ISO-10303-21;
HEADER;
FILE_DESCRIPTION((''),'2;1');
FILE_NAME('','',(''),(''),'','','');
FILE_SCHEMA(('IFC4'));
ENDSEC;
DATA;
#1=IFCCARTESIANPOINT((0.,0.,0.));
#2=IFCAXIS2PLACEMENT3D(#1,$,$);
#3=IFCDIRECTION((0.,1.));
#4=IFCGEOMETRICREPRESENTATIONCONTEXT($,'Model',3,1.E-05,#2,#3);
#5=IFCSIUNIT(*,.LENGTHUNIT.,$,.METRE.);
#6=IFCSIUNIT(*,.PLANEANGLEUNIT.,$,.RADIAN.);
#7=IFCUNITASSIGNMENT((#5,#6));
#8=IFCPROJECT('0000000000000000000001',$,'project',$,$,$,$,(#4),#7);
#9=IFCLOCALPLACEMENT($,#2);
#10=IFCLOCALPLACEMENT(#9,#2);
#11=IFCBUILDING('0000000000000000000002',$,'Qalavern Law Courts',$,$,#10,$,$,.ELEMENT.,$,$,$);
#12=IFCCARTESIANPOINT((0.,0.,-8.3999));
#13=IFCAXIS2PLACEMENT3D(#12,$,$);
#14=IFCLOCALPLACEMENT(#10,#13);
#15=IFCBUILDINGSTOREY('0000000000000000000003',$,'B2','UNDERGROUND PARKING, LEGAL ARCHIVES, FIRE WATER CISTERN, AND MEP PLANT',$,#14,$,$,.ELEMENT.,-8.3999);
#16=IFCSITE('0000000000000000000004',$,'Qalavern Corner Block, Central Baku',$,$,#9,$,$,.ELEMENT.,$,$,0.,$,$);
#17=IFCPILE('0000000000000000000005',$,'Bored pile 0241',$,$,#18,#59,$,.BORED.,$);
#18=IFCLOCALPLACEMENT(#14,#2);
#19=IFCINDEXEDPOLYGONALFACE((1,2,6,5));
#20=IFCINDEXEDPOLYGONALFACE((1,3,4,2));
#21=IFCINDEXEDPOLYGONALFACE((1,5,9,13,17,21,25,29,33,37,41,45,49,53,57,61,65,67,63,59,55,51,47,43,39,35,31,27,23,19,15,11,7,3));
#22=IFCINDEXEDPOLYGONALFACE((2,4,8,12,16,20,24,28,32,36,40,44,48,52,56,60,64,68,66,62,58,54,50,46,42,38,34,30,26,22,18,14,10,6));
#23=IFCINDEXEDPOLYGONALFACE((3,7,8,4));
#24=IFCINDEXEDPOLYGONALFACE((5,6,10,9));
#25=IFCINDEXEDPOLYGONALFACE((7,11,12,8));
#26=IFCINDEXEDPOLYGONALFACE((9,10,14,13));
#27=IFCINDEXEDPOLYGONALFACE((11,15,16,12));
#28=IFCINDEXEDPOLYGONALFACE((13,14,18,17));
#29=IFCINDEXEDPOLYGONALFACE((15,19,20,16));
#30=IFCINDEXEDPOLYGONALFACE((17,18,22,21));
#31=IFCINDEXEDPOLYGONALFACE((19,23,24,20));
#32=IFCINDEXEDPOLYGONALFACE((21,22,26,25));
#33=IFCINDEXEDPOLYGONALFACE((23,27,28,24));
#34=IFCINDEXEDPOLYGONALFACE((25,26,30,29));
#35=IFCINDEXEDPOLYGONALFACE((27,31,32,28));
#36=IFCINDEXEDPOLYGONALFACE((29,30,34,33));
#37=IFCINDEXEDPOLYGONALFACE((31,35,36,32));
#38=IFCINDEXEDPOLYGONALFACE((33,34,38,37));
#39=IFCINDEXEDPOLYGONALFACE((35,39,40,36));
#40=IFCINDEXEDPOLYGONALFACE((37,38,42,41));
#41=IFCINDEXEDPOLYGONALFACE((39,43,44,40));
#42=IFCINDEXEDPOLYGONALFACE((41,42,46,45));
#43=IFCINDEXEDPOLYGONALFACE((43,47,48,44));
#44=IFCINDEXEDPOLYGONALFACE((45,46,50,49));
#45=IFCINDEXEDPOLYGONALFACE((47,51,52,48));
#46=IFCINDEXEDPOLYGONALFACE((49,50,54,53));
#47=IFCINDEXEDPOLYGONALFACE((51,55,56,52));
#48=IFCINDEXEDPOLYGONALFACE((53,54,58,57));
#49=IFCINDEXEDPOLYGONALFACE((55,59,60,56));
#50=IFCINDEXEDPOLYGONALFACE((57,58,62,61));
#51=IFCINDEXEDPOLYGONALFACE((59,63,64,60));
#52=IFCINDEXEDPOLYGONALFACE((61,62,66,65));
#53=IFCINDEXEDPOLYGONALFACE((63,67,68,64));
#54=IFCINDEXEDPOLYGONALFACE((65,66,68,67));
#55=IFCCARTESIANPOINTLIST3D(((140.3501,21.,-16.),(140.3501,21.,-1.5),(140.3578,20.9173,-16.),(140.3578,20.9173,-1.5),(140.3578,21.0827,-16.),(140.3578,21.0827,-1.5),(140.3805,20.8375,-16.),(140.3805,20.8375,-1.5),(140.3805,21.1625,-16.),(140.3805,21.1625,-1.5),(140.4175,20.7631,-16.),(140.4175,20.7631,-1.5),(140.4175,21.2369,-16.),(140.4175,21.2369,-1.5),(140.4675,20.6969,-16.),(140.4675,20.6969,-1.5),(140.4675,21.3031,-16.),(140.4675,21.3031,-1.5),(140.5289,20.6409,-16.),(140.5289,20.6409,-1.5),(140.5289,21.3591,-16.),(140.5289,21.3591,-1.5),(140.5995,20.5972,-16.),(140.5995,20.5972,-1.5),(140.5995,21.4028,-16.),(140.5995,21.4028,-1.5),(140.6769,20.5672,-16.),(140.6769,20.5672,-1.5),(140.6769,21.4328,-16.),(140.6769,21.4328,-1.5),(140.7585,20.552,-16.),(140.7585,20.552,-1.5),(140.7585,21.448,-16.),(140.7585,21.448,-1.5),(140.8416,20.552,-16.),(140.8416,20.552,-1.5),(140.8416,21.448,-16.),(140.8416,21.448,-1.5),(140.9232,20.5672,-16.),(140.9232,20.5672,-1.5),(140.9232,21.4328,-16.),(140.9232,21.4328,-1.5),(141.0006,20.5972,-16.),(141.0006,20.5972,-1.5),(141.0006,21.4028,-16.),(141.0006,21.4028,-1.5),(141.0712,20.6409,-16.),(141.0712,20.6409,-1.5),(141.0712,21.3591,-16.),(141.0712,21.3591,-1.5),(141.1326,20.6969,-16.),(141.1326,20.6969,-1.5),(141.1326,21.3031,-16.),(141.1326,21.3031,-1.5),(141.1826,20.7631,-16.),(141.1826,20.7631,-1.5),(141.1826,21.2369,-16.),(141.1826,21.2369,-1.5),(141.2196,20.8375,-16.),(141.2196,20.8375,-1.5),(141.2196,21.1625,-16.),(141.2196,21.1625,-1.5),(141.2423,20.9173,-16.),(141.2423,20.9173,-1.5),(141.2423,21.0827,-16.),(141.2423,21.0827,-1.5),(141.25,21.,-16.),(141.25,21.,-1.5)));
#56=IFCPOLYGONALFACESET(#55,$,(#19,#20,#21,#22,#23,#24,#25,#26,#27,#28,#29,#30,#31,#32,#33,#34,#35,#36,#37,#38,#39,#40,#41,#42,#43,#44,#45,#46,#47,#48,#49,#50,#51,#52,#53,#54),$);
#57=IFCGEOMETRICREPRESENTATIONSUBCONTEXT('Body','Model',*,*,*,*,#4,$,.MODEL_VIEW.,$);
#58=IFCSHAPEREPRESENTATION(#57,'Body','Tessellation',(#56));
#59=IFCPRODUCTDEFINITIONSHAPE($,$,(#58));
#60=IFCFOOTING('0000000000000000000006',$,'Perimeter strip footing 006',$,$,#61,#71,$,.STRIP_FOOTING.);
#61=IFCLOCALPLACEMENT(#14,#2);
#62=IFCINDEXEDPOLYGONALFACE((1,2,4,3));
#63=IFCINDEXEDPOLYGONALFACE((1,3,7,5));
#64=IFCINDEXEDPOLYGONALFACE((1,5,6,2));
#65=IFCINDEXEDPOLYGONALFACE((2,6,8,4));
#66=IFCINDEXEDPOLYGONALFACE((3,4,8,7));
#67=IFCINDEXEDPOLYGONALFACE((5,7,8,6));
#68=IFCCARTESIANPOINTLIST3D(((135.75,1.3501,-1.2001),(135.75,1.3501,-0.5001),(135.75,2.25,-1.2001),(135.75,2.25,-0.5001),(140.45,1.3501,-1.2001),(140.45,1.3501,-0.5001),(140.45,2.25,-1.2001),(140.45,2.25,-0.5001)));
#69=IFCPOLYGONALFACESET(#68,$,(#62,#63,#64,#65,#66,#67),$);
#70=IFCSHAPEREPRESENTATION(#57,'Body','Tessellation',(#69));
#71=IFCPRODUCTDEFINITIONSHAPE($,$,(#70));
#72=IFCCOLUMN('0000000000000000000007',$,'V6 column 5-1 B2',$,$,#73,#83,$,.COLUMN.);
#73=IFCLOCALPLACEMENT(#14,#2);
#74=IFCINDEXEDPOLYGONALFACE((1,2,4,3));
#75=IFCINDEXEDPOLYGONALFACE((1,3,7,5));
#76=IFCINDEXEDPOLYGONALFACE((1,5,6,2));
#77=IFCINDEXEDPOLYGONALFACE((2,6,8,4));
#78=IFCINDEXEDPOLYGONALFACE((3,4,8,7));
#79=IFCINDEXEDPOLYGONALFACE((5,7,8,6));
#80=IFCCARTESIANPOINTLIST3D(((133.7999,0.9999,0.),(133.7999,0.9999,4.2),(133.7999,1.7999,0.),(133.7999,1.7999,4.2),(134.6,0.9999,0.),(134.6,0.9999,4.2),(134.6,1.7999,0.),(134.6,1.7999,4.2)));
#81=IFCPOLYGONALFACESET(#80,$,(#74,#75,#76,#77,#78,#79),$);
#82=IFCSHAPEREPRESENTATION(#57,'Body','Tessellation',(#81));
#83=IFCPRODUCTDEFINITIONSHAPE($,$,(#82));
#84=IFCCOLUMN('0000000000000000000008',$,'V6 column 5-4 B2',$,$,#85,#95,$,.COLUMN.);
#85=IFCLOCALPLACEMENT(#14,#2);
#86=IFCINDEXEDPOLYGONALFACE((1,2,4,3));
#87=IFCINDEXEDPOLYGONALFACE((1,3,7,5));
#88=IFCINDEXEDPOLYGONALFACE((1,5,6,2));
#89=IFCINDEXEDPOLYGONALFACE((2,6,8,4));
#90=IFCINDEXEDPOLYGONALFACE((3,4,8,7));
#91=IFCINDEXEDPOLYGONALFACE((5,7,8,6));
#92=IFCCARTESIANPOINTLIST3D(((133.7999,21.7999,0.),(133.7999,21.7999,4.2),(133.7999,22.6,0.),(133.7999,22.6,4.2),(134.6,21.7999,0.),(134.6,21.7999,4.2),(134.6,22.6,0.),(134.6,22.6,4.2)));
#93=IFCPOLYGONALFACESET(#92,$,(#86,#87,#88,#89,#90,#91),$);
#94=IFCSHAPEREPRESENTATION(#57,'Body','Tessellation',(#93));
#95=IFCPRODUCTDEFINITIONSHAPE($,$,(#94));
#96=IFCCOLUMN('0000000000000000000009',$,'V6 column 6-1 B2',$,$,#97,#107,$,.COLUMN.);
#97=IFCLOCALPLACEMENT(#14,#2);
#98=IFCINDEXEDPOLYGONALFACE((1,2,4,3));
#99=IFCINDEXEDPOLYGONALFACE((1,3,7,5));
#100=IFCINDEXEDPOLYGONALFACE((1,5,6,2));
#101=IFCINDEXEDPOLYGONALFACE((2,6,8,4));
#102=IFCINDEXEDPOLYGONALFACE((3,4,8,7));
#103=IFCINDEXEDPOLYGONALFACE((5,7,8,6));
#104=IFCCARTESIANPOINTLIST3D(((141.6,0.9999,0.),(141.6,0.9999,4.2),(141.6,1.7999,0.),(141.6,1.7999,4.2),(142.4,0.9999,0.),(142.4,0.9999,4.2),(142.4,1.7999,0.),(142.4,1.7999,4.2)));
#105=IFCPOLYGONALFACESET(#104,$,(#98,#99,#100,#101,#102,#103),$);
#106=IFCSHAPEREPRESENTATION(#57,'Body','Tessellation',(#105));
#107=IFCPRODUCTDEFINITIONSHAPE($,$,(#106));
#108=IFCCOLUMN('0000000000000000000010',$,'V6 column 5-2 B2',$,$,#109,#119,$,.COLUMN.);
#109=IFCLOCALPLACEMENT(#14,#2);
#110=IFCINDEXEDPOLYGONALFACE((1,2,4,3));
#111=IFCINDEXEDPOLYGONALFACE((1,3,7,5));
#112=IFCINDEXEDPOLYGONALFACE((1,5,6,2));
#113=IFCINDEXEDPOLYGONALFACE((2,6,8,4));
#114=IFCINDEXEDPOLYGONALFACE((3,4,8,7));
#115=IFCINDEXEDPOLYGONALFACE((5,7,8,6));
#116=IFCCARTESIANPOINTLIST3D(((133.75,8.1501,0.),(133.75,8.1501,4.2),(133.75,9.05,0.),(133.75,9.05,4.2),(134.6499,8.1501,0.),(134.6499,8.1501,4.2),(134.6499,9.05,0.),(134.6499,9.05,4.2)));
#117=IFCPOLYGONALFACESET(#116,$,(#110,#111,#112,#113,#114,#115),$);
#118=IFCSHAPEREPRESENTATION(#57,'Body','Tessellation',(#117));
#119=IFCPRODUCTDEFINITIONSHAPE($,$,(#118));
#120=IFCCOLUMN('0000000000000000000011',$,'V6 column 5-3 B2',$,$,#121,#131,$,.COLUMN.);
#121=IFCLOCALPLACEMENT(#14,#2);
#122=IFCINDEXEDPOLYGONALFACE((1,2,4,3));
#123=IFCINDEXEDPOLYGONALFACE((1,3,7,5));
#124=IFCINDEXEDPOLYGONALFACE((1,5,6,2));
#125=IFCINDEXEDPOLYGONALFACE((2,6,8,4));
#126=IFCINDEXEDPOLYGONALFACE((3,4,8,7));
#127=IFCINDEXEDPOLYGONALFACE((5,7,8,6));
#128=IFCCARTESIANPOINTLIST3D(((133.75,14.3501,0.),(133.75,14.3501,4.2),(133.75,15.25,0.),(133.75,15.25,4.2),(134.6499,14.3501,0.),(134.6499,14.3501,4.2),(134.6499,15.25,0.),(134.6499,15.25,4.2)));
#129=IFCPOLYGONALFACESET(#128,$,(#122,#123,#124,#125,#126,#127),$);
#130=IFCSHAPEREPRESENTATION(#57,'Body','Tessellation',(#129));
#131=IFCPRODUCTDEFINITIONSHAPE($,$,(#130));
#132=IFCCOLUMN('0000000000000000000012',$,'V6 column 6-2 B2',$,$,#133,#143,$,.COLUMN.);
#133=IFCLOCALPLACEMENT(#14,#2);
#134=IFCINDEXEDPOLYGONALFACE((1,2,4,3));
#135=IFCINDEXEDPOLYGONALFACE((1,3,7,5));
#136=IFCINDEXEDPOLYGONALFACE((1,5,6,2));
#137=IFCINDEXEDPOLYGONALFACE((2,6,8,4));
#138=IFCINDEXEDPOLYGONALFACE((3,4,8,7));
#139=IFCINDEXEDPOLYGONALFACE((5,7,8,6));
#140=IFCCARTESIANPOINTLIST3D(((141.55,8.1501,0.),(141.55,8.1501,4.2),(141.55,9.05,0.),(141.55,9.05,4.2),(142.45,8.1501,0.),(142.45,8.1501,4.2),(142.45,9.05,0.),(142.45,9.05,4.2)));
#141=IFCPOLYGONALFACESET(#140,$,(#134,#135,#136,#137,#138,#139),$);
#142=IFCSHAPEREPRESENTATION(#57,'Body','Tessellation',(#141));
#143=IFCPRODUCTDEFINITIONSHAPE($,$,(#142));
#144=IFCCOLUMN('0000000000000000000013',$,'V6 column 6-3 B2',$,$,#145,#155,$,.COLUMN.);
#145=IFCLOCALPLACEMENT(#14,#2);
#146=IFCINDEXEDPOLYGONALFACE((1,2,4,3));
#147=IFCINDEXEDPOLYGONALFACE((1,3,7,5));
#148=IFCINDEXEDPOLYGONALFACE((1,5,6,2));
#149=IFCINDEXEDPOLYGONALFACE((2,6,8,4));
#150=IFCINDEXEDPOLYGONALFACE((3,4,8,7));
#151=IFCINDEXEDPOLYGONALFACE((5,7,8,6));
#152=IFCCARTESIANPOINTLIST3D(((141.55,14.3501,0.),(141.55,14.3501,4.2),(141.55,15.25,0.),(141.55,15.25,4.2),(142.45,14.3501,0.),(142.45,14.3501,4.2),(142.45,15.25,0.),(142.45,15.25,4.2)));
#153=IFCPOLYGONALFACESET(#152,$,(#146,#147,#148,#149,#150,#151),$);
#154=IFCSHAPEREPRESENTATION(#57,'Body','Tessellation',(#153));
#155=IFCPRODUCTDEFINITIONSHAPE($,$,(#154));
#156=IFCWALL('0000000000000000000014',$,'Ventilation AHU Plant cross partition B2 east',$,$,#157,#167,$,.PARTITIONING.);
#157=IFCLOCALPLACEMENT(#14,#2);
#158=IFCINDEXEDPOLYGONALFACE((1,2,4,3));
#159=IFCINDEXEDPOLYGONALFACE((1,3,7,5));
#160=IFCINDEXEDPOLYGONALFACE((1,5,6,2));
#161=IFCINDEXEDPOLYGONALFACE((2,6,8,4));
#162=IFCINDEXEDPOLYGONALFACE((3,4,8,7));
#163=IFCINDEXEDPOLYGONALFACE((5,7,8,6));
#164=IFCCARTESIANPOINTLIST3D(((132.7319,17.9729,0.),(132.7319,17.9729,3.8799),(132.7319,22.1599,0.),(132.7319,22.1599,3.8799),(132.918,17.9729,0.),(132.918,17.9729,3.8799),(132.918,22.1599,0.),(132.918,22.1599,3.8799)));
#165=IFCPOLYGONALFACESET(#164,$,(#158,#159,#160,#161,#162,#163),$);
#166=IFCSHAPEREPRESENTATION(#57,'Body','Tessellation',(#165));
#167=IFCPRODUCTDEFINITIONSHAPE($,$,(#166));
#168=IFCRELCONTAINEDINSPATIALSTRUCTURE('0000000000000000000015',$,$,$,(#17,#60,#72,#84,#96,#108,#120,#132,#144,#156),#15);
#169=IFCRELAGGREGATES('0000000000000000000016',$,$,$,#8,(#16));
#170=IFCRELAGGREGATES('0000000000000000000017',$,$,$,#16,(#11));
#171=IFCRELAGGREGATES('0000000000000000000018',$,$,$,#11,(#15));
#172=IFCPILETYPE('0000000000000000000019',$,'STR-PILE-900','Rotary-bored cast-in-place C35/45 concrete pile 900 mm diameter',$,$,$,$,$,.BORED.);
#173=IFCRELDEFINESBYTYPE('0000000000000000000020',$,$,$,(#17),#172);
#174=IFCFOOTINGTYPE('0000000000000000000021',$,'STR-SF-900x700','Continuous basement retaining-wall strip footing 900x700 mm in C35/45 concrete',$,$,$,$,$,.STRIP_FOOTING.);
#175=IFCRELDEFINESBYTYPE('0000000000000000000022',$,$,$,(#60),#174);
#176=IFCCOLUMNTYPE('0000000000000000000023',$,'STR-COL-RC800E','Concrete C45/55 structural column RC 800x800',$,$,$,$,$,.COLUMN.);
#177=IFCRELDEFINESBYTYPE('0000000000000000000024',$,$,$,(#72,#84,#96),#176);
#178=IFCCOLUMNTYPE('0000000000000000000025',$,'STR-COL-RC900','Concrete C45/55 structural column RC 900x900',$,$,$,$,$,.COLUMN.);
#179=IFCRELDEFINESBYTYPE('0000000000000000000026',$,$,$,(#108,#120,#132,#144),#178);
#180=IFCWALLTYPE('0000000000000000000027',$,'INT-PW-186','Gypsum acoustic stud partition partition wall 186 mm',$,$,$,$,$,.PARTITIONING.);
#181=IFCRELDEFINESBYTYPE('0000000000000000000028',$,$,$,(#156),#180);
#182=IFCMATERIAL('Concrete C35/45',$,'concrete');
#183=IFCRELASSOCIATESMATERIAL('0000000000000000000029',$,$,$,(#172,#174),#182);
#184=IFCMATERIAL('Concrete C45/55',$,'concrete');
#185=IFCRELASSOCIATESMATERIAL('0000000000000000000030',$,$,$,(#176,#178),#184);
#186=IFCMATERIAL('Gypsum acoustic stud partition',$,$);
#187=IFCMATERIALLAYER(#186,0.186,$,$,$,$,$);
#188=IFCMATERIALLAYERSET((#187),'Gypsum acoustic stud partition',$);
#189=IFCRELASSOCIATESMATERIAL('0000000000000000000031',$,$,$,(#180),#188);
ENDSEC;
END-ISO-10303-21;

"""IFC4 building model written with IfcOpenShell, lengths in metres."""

from ifc_helpers import new_model, si_unit, direction, frame, frame_2d, origin, origin_2d, place, context, subcontext, project, spatial, rectangle, circle, extrude, material, layer, layer_set, material_profile, profile_set, type_object, element, save


model = new_model("IFC4")

# Units and contexts
model_context = context("Model", 3, precision=1e-05, world=origin(), true_north=direction((0.0, 1.0)))
body_context = subcontext(model_context, "Body", "Model", "MODEL_VIEW")
ifc_project = project(units=[si_unit("LENGTHUNIT", "METRE"), si_unit("PLANEANGLEUNIT", "RADIAN")], contexts=[model_context])

# Site, building, storey
site_placement = place(None, origin())
site = spatial("IfcSite", under=ifc_project, at=site_placement, Name="Qalavern Corner Block, Central Baku", CompositionType="ELEMENT", RefElevation=0.0)
building_placement = place(site_placement, origin())
building = spatial("IfcBuilding", under=site, at=building_placement, Name="Qalavern Law Courts", CompositionType="ELEMENT")
storey_placement = place(building_placement, frame((0.0, 0.0, -8.3999)))
storey = spatial("IfcBuildingStorey", under=building, at=storey_placement, Name="B2", Description="UNDERGROUND PARKING, LEGAL ARCHIVES, FIRE WATER CISTERN, AND MEP PLANT", CompositionType="ELEMENT", Elevation=-8.3999)

# Shared definitions
ifc_material_1 = material(Name="Concrete C35/45", Category="concrete")

# Pile
ifc_material_profile_1 = material_profile(ifc_material_1, circle(Radius=0.45, at=origin_2d()), Name="BORED PILE 900")
ifc_profile_set_1 = profile_set([ifc_material_profile_1], Name="Concrete C35/45")
pile_type_1 = type_object("IfcPileType", Name="STR-PILE-900", Description="Rotary-bored cast-in-place C35/45 concrete pile 900 mm diameter", PredefinedType="BORED", material=ifc_profile_set_1)
for number, where, z_axis, x_axis, name in (
    (1, (140.8, 21.0, -1.5), (0.0, 0.0, -1.0), (1.0, 0.0, 0.0), "Bored pile 0241"),
):
    element("IfcPile", number, at=place(storey_placement, frame(where, z_axis=z_axis, x_axis=x_axis)), inside=storey, type_object=pile_type_1, Name=name, PredefinedType="BORED", context=body_context, shape_type="SweptSolid", body=[
        extrude(circle(Radius=0.45, at=origin_2d()), origin(), (0.0, 0.0, 1.0), 14.5),
    ])

# Footing
ifc_material_profile_2 = material_profile(ifc_material_1, rectangle(XDim=0.8999, YDim=0.7, at=origin_2d()), Name="RC 900x700")
ifc_profile_set_2 = profile_set([ifc_material_profile_2], Name="Concrete C35/45")
footing_type_1 = type_object("IfcFootingType", Name="STR-SF-900x700", Description="Continuous basement retaining-wall strip footing 900x700 mm in C35/45 concrete", PredefinedType="STRIP_FOOTING", material=ifc_profile_set_2)
footing_1_placement = place(storey_placement, frame((135.75, 1.8, -0.8501), z_axis=(1.0, 0.0, 0.0), x_axis=(0.0, 1.0, 0.0)))
element("IfcFooting", 2, at=footing_1_placement, inside=storey, type_object=footing_type_1, Name="Perimeter strip footing 006", PredefinedType="STRIP_FOOTING", context=body_context, shape_type="SweptSolid", body=[
    extrude(rectangle(XDim=0.8999, YDim=0.7, at=origin_2d()), origin(), (0.0, 0.0, 1.0), 4.7),
])

# Columns
ifc_material_2 = material(Name="Concrete C45/55", Category="concrete")
ifc_material_profile_3 = material_profile(ifc_material_2, rectangle(XDim=0.8, YDim=0.8, at=origin_2d()), Name="RC 800x800")
ifc_profile_set_3 = profile_set([ifc_material_profile_3], Name="Concrete C45/55")
column_type_1 = type_object("IfcColumnType", Name="STR-COL-RC800E", Description="Concrete C45/55 structural column RC 800x800", PredefinedType="COLUMN", material=ifc_profile_set_3)
for number, where, z_axis, x_axis, name in (
    (3, (134.2, 1.3999, 0.0), (0.0, 0.0, 1.0), (1.0, 0.0, 0.0), "V6 column 5-1 B2"),
    (4, (134.2, 22.2, 0.0), (0.0, 0.0, 1.0), (1.0, 0.0, 0.0), "V6 column 5-4 B2"),
    (5, (142.0, 1.3999, 0.0), (0.0, 0.0, 1.0), (1.0, 0.0, 0.0), "V6 column 6-1 B2"),
):
    element("IfcColumn", number, at=place(storey_placement, frame(where, z_axis=z_axis, x_axis=x_axis)), inside=storey, type_object=column_type_1, Name=name, PredefinedType="COLUMN", context=body_context, shape_type="SweptSolid", body=[
        extrude(rectangle(XDim=0.8, YDim=0.8, at=origin_2d()), origin(), (0.0, 0.0, 1.0), 4.2),
    ])
ifc_material_profile_4 = material_profile(ifc_material_2, rectangle(XDim=0.8999, YDim=0.8999, at=origin_2d()), Name="RC 900x900")
ifc_profile_set_4 = profile_set([ifc_material_profile_4], Name="Concrete C45/55")
column_type_2 = type_object("IfcColumnType", Name="STR-COL-RC900", Description="Concrete C45/55 structural column RC 900x900", PredefinedType="COLUMN", material=ifc_profile_set_4)
for number, where, z_axis, x_axis, name in (
    (6, (134.2, 8.6001, 0.0), (0.0, 0.0, 1.0), (1.0, 0.0, 0.0), "V6 column 5-2 B2"),
    (7, (134.2, 14.8, 0.0), (0.0, 0.0, 1.0), (1.0, 0.0, 0.0), "V6 column 5-3 B2"),
    (8, (142.0, 8.6001, 0.0), (0.0, 0.0, 1.0), (1.0, 0.0, 0.0), "V6 column 6-2 B2"),
    (9, (142.0, 14.8, 0.0), (0.0, 0.0, 1.0), (1.0, 0.0, 0.0), "V6 column 6-3 B2"),
):
    element("IfcColumn", number, at=place(storey_placement, frame(where, z_axis=z_axis, x_axis=x_axis)), inside=storey, type_object=column_type_2, Name=name, PredefinedType="COLUMN", context=body_context, shape_type="SweptSolid", body=[
        extrude(rectangle(XDim=0.8999, YDim=0.8999, at=origin_2d()), origin(), (0.0, 0.0, 1.0), 4.2),
    ])

# Wall
ifc_material_3 = material(Name="Gypsum acoustic stud partition")
ifc_layer = layer(ifc_material_3, 0.186)
ifc_layer_set = layer_set([ifc_layer], Name="Gypsum acoustic stud partition")
wall_type = type_object("IfcWallType", Name="INT-PW-186", Description="Gypsum acoustic stud partition partition wall 186 mm", PredefinedType="PARTITIONING", material=ifc_layer_set)
wall_placement = place(storey_placement, frame((132.825, 17.9729, 0.0), z_axis=(0.0, 0.0, 1.0), x_axis=(0.0, 1.0, 0.0)))
element("IfcWall", 10, at=wall_placement, inside=storey, type_object=wall_type, Name="Ventilation AHU Plant cross partition B2 east", PredefinedType="PARTITIONING", context=body_context, shape_type="SweptSolid", body=[
    extrude(rectangle(XDim=4.187, YDim=0.186, at=frame_2d((2.0935, 0.0))), origin(), (0.0, 0.0, 1.0), 3.8799),
])

save(model, "model.ifc")
